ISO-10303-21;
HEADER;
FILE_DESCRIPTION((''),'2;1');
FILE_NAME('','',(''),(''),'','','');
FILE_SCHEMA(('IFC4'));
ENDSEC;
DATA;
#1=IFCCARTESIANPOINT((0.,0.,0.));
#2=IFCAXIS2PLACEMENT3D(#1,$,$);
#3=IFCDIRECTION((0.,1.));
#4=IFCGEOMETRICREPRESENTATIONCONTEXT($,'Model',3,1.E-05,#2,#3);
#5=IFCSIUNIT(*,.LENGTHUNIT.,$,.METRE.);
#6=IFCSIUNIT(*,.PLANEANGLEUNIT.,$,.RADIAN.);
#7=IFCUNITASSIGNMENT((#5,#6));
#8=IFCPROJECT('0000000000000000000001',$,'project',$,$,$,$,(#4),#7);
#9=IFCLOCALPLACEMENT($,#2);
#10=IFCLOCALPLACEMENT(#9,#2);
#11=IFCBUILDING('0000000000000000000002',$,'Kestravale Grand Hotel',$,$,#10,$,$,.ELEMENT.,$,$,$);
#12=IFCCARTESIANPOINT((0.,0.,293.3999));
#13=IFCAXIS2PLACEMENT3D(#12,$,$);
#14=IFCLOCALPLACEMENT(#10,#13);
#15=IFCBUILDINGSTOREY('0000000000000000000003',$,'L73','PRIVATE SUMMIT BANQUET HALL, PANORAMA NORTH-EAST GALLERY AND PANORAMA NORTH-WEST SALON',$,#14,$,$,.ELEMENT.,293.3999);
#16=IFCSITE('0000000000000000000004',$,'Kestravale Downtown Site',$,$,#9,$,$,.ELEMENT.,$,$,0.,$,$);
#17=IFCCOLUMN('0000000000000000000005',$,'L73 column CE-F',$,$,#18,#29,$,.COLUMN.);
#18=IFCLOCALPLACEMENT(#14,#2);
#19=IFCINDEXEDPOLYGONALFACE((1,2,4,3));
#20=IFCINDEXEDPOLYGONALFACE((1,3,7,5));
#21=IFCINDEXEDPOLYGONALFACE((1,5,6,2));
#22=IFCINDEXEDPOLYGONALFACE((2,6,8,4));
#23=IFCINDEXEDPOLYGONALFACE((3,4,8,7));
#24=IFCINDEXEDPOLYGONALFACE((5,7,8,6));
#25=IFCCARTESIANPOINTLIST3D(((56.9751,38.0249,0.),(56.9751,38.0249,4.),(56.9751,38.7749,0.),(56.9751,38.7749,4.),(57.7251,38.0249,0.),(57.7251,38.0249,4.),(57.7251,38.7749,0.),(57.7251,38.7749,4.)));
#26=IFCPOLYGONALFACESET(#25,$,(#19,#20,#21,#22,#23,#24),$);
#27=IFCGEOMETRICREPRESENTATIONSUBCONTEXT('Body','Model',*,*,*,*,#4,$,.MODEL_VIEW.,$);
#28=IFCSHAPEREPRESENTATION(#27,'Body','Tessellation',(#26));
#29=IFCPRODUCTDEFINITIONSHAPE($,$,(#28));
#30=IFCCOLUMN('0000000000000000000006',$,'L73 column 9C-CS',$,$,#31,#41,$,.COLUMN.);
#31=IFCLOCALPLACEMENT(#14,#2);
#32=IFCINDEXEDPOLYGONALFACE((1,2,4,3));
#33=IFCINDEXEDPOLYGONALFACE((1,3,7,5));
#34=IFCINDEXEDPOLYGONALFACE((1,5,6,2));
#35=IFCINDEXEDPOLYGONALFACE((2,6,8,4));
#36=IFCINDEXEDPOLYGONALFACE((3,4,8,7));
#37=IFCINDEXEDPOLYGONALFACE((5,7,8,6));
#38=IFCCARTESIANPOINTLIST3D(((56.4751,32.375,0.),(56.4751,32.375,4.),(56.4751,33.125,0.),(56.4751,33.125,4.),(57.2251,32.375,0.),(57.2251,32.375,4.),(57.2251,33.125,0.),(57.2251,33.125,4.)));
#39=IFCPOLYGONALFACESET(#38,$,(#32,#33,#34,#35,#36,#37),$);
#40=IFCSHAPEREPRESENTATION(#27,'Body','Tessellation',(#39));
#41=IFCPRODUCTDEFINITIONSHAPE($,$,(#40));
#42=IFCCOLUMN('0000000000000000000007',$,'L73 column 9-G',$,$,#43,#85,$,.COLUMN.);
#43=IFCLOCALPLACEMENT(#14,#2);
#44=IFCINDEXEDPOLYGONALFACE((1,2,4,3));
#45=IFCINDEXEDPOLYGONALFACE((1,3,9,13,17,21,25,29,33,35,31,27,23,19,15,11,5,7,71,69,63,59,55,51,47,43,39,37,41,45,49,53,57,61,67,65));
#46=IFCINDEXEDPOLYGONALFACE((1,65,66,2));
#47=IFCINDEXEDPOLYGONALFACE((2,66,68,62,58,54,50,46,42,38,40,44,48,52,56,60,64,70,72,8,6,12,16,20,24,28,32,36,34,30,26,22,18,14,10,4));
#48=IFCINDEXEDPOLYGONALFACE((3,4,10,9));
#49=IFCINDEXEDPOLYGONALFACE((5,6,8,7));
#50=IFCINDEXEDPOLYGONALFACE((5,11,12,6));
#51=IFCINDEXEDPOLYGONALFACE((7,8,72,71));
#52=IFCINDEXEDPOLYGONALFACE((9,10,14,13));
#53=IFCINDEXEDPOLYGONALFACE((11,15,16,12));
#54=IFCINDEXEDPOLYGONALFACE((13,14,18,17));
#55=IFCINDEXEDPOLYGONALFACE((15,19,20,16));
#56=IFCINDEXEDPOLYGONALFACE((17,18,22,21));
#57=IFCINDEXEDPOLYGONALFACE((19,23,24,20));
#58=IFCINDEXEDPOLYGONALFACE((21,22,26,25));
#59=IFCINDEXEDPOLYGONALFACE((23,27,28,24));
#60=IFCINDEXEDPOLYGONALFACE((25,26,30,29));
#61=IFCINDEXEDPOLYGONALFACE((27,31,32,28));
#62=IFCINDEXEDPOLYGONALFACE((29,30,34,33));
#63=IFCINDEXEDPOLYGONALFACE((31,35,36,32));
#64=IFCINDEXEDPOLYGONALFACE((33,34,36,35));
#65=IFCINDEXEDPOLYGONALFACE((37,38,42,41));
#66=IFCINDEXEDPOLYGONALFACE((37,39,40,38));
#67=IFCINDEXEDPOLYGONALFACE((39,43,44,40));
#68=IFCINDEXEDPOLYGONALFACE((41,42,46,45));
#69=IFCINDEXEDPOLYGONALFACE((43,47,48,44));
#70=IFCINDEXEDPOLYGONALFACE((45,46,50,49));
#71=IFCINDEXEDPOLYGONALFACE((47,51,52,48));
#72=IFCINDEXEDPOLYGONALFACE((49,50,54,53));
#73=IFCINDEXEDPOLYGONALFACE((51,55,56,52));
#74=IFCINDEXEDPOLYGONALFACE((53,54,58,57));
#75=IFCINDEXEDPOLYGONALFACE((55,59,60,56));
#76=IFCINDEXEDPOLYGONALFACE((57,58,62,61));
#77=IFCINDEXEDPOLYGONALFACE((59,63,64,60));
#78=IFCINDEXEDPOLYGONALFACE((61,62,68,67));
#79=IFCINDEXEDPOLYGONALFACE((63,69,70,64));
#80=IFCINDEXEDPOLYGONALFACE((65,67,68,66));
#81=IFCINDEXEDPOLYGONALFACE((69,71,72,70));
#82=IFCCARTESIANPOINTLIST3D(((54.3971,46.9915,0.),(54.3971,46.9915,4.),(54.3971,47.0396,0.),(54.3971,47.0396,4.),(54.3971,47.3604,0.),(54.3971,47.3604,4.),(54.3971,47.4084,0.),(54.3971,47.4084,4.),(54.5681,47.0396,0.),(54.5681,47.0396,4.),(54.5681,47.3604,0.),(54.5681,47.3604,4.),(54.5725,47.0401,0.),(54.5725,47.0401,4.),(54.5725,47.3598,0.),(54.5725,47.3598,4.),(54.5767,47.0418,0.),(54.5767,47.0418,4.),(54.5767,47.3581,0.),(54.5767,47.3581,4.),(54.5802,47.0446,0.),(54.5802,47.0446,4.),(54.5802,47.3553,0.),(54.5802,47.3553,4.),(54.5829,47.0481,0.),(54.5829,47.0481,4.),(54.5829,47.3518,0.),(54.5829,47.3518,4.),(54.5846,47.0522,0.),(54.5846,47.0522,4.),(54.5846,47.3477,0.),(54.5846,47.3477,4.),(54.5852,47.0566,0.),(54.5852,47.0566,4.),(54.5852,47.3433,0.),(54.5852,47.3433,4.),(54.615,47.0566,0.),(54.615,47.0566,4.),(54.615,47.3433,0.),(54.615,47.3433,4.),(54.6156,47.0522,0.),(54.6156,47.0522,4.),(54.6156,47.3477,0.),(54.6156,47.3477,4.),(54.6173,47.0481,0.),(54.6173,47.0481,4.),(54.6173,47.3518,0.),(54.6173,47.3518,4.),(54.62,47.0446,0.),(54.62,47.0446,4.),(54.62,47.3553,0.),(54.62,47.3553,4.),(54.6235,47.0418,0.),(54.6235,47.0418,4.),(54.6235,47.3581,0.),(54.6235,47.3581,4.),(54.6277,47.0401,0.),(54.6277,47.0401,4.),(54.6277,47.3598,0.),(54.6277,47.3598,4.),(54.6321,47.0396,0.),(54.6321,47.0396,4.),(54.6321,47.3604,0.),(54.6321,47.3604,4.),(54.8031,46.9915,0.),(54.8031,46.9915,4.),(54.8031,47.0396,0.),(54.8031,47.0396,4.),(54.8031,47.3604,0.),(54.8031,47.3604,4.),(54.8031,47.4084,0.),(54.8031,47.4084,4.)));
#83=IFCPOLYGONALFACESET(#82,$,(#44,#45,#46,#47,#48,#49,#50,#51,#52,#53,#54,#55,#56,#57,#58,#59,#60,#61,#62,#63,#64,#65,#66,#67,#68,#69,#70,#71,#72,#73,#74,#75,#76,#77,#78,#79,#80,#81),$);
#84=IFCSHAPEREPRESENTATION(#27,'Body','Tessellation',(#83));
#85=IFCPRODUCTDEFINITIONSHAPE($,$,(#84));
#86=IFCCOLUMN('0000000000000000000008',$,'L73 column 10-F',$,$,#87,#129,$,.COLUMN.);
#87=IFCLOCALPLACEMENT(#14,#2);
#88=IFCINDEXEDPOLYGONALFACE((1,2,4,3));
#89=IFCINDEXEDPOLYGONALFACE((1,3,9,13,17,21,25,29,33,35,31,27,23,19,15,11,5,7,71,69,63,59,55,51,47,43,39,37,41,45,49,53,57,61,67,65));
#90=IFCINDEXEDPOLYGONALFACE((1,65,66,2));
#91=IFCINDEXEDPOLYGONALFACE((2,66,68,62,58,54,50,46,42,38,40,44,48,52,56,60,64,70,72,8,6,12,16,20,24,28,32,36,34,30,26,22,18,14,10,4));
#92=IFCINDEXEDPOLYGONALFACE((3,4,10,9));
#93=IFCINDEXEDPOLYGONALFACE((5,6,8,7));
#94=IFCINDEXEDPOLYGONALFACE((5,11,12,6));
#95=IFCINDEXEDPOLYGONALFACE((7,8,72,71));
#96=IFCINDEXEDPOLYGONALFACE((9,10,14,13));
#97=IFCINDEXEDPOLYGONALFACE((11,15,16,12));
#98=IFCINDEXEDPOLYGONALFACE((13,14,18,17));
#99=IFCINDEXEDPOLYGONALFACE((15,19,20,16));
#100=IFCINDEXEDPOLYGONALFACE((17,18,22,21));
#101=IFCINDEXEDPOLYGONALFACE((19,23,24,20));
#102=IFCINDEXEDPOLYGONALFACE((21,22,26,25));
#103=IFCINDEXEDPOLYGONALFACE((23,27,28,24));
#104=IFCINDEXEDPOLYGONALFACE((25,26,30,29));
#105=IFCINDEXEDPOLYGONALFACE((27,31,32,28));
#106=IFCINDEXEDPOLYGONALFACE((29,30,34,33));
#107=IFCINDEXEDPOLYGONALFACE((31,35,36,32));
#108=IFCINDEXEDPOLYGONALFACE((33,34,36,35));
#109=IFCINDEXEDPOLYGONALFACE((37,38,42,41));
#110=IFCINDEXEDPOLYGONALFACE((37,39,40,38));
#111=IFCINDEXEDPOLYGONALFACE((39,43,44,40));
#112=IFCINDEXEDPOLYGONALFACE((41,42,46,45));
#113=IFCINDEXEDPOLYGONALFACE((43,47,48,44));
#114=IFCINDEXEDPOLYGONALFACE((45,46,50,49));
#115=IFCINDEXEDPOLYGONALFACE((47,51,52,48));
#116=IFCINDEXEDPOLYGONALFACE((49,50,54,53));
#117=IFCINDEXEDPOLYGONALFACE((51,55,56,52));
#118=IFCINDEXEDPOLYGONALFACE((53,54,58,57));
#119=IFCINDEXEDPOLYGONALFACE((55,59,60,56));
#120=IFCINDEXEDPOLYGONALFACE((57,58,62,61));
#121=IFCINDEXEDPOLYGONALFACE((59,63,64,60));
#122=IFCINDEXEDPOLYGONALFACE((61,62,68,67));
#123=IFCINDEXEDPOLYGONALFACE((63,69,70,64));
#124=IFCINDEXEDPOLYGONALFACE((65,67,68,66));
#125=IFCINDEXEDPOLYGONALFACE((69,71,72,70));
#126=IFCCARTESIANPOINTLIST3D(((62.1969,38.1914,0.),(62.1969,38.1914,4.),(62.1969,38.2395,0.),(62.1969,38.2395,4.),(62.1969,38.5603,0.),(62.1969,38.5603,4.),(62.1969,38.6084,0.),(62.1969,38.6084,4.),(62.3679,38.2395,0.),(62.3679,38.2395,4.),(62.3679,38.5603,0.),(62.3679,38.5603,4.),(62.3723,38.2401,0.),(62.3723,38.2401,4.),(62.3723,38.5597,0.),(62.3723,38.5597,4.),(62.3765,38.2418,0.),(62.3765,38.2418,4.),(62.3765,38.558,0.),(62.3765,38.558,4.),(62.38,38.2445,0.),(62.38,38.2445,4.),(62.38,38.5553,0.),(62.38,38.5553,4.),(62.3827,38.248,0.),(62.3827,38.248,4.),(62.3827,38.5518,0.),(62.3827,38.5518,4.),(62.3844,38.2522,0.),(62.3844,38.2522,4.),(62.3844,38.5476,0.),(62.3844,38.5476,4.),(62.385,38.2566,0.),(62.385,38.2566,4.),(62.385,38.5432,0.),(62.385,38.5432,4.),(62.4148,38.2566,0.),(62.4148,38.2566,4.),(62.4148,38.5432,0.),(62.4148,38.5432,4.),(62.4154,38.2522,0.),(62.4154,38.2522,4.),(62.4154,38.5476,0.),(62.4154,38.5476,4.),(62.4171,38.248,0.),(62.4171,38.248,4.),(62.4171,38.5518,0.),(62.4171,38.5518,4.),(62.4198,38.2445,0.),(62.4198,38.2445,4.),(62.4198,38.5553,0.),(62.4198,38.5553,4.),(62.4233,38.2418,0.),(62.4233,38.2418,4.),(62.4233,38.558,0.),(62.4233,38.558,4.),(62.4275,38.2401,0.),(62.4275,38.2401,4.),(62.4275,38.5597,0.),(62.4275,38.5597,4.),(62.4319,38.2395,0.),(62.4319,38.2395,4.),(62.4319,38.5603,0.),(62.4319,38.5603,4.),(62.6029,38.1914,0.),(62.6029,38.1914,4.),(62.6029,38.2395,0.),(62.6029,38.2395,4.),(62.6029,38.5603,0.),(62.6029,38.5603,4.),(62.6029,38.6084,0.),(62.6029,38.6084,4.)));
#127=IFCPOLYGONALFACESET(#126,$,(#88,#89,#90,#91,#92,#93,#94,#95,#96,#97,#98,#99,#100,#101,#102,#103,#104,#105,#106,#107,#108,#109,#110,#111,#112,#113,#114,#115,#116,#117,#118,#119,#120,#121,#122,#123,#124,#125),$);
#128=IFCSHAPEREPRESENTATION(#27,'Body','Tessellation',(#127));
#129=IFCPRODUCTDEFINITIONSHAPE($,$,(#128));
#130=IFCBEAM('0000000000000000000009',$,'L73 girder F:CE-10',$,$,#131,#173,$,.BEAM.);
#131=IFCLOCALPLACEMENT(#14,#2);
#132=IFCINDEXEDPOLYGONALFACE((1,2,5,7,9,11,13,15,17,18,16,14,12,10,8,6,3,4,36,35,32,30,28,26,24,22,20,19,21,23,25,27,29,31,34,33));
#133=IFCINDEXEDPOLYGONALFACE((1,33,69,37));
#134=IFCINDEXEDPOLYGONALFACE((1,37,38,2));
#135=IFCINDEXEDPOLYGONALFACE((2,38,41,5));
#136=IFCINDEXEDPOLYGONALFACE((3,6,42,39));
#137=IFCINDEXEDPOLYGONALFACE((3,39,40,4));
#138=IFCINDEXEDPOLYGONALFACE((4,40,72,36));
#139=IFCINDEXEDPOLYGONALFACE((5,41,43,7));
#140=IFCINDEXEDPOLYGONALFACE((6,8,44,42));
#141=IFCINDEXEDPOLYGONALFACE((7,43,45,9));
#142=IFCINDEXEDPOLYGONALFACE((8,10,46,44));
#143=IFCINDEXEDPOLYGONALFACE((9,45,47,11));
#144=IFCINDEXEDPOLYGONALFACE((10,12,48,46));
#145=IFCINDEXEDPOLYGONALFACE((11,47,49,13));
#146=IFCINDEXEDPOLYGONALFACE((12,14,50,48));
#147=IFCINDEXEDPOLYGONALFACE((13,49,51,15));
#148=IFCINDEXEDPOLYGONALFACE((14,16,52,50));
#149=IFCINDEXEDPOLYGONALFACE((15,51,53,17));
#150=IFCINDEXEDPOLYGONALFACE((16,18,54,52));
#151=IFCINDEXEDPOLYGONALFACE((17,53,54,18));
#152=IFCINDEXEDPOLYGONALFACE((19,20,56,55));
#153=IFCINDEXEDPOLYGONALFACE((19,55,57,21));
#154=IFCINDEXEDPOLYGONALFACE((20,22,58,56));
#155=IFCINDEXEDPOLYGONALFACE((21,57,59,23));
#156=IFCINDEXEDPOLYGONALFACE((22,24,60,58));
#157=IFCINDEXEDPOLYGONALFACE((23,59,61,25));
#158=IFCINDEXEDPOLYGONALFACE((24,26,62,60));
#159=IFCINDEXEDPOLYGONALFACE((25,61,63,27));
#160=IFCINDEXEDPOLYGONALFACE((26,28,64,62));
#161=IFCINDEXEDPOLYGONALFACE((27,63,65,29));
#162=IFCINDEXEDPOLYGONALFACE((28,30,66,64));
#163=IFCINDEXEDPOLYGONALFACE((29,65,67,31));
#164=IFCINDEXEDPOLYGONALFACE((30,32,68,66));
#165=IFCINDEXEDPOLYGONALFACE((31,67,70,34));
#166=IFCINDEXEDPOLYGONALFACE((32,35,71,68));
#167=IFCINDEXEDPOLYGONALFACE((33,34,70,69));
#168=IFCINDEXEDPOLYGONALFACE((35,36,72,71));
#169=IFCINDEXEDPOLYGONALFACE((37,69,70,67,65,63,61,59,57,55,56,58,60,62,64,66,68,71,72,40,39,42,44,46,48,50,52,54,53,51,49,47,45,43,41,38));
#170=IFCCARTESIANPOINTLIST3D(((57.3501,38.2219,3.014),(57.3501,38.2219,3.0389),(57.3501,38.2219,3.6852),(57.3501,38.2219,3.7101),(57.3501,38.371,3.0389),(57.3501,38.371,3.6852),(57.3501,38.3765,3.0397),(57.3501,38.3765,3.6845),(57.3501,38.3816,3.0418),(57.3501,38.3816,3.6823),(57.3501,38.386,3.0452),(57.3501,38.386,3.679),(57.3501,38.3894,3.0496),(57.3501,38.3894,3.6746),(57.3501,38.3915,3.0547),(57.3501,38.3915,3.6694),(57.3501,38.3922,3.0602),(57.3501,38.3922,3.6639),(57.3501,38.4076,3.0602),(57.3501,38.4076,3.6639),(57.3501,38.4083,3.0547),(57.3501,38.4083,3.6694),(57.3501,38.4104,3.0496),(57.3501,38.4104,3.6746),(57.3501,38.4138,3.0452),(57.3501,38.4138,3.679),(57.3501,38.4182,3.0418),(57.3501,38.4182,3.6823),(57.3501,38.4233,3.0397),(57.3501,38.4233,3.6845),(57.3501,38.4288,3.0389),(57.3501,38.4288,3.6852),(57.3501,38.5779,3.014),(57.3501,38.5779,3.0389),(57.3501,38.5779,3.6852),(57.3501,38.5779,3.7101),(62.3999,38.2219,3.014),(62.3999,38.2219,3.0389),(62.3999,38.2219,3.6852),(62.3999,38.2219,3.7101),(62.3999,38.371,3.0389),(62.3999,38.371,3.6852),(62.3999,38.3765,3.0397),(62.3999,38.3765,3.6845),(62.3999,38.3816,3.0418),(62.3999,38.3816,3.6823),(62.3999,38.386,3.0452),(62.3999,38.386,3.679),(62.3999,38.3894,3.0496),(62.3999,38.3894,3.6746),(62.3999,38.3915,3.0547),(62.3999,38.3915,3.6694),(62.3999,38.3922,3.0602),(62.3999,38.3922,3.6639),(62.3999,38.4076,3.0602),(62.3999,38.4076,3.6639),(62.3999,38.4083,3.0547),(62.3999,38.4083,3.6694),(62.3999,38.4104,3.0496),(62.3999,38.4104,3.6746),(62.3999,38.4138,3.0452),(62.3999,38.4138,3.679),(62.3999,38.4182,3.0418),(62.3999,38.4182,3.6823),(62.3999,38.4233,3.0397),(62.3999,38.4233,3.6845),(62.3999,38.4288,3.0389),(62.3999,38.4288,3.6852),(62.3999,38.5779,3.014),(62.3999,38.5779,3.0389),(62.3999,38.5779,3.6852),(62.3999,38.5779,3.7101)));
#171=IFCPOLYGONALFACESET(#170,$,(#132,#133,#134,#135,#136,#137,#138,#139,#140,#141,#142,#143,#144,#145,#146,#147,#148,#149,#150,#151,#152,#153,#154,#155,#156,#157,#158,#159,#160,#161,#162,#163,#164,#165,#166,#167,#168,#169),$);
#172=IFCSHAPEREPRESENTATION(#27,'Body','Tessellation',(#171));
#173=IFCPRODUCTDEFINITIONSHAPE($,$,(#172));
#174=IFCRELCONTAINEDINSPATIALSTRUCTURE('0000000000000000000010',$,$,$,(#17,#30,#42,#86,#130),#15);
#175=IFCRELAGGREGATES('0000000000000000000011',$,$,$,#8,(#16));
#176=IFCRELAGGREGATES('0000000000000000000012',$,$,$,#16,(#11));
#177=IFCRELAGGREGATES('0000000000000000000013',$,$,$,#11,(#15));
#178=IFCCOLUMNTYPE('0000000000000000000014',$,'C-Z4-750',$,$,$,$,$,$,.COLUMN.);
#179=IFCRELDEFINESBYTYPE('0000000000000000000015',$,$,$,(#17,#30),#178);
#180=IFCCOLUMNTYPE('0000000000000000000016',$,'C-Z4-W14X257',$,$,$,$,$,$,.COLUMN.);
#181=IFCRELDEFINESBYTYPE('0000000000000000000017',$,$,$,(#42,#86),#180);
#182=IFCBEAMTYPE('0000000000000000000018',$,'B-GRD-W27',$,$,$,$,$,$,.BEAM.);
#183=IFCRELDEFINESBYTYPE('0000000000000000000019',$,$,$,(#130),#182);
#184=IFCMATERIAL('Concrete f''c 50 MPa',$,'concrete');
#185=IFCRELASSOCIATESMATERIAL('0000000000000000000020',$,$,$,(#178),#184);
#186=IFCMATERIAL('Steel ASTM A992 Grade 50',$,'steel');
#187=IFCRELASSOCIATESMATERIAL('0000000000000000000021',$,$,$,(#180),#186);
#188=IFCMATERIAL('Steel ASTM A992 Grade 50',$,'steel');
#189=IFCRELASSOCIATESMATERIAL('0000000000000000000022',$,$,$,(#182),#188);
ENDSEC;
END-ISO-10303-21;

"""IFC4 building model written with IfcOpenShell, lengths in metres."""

from ifc_helpers import new_model, si_unit, direction, frame, origin, origin_2d, place, context, subcontext, project, spatial, rectangle, i_section, extrude, material, material_profile, profile_set, type_object, element, save


model = new_model("IFC4")

# Units and contexts
model_context = context("Model", 3, precision=1e-05, world=origin(), true_north=direction((0.0, 1.0)))
body_context = subcontext(model_context, "Body", "Model", "MODEL_VIEW")
ifc_project = project(units=[si_unit("LENGTHUNIT", "METRE"), si_unit("PLANEANGLEUNIT", "RADIAN")], contexts=[model_context])

# Site, building, storey
site_placement = place(None, origin())
site = spatial("IfcSite", under=ifc_project, at=site_placement, Name="Kestravale Downtown Site", CompositionType="ELEMENT", RefElevation=0.0)
building_placement = place(site_placement, origin())
building = spatial("IfcBuilding", under=site, at=building_placement, Name="Kestravale Grand Hotel", CompositionType="ELEMENT")
storey_placement = place(building_placement, frame((0.0, 0.0, 293.3999)))
storey = spatial("IfcBuildingStorey", under=building, at=storey_placement, Name="L73", Description="PRIVATE SUMMIT BANQUET HALL, PANORAMA NORTH-EAST GALLERY AND PANORAMA NORTH-WEST SALON", CompositionType="ELEMENT", Elevation=293.3999)

# Columns
ifc_material_1 = material(Name="Concrete f'c 50 MPa", Category="concrete")
ifc_material_profile_1 = material_profile(ifc_material_1, rectangle(XDim=0.75, YDim=0.75, at=origin_2d()))
ifc_profile_set_1 = profile_set([ifc_material_profile_1], Name="Concrete f'c 50 MPa")
column_type_1 = type_object("IfcColumnType", Name="C-Z4-750", PredefinedType="COLUMN", material=ifc_profile_set_1)
for number, where, z_axis, x_axis, name in (
    (1, (57.3501, 38.3999, 0.0), (0.0, 0.0, 1.0), (1.0, 0.0, 0.0), "L73 column CE-F"),
    (2, (56.8501, 32.75, 0.0), (0.0, 0.0, 1.0), (1.0, 0.0, 0.0), "L73 column 9C-CS"),
):
    element("IfcColumn", number, at=place(storey_placement, frame(where, z_axis=z_axis, x_axis=x_axis)), inside=storey, type_object=column_type_1, Name=name, PredefinedType="COLUMN", context=body_context, shape_type="SweptSolid", body=[
        extrude(rectangle(XDim=0.75, YDim=0.75, at=origin_2d()), origin(), (0.0, 0.0, 1.0), 4.0),
    ])
ifc_material_2 = material(Name="Steel ASTM A992 Grade 50", Category="steel")
ifc_material_profile_2 = material_profile(ifc_material_2, i_section(OverallWidth=0.406, OverallDepth=0.417, WebThickness=0.0298, FlangeThickness=0.0481, FilletRadius=0.0171, at=origin_2d()))
ifc_profile_set_2 = profile_set([ifc_material_profile_2], Name="Steel ASTM A992 Grade 50")
column_type_2 = type_object("IfcColumnType", Name="C-Z4-W14X257", PredefinedType="COLUMN", material=ifc_profile_set_2)
for number, where, z_axis, x_axis, name in (
    (3, (54.6001, 47.2, 0.0), (0.0, 0.0, 1.0), (1.0, 0.0, 0.0), "L73 column 9-G"),
    (4, (62.3999, 38.3999, 0.0), (0.0, 0.0, 1.0), (1.0, 0.0, 0.0), "L73 column 10-F"),
):
    element("IfcColumn", number, at=place(storey_placement, frame(where, z_axis=z_axis, x_axis=x_axis)), inside=storey, type_object=column_type_2, Name=name, PredefinedType="COLUMN", context=body_context, shape_type="SweptSolid", body=[
        extrude(i_section(OverallWidth=0.406, OverallDepth=0.417, WebThickness=0.0298, FlangeThickness=0.0481, FilletRadius=0.0171, at=origin_2d()), origin(), (0.0, 0.0, 1.0), 4.0),
    ])

# Beam
ifc_material_3 = material(Name="Steel ASTM A992 Grade 50", Category="steel")
ifc_material_profile_3 = material_profile(ifc_material_3, i_section(OverallWidth=0.356, OverallDepth=0.696, WebThickness=0.0154, FlangeThickness=0.0249, FilletRadius=0.0212, at=origin_2d()))
ifc_profile_set_3 = profile_set([ifc_material_profile_3], Name="Steel ASTM A992 Grade 50")
beam_type = type_object("IfcBeamType", Name="B-GRD-W27", PredefinedType="BEAM", material=ifc_profile_set_3)
beam_1_placement = place(storey_placement, frame((57.3501, 38.3999, 3.3621), z_axis=(1.0, 0.0, 0.0), x_axis=(0.0, 1.0, 0.0)))
element("IfcBeam", 5, at=beam_1_placement, inside=storey, type_object=beam_type, Name="L73 girder F:CE-10", PredefinedType="BEAM", context=body_context, shape_type="SweptSolid", body=[
    extrude(i_section(OverallWidth=0.356, OverallDepth=0.696, WebThickness=0.0154, FlangeThickness=0.0249, FilletRadius=0.0212, at=origin_2d()), origin(), (0.0, 0.0, 1.0), 5.0498),
])

save(model, "model.ifc")
